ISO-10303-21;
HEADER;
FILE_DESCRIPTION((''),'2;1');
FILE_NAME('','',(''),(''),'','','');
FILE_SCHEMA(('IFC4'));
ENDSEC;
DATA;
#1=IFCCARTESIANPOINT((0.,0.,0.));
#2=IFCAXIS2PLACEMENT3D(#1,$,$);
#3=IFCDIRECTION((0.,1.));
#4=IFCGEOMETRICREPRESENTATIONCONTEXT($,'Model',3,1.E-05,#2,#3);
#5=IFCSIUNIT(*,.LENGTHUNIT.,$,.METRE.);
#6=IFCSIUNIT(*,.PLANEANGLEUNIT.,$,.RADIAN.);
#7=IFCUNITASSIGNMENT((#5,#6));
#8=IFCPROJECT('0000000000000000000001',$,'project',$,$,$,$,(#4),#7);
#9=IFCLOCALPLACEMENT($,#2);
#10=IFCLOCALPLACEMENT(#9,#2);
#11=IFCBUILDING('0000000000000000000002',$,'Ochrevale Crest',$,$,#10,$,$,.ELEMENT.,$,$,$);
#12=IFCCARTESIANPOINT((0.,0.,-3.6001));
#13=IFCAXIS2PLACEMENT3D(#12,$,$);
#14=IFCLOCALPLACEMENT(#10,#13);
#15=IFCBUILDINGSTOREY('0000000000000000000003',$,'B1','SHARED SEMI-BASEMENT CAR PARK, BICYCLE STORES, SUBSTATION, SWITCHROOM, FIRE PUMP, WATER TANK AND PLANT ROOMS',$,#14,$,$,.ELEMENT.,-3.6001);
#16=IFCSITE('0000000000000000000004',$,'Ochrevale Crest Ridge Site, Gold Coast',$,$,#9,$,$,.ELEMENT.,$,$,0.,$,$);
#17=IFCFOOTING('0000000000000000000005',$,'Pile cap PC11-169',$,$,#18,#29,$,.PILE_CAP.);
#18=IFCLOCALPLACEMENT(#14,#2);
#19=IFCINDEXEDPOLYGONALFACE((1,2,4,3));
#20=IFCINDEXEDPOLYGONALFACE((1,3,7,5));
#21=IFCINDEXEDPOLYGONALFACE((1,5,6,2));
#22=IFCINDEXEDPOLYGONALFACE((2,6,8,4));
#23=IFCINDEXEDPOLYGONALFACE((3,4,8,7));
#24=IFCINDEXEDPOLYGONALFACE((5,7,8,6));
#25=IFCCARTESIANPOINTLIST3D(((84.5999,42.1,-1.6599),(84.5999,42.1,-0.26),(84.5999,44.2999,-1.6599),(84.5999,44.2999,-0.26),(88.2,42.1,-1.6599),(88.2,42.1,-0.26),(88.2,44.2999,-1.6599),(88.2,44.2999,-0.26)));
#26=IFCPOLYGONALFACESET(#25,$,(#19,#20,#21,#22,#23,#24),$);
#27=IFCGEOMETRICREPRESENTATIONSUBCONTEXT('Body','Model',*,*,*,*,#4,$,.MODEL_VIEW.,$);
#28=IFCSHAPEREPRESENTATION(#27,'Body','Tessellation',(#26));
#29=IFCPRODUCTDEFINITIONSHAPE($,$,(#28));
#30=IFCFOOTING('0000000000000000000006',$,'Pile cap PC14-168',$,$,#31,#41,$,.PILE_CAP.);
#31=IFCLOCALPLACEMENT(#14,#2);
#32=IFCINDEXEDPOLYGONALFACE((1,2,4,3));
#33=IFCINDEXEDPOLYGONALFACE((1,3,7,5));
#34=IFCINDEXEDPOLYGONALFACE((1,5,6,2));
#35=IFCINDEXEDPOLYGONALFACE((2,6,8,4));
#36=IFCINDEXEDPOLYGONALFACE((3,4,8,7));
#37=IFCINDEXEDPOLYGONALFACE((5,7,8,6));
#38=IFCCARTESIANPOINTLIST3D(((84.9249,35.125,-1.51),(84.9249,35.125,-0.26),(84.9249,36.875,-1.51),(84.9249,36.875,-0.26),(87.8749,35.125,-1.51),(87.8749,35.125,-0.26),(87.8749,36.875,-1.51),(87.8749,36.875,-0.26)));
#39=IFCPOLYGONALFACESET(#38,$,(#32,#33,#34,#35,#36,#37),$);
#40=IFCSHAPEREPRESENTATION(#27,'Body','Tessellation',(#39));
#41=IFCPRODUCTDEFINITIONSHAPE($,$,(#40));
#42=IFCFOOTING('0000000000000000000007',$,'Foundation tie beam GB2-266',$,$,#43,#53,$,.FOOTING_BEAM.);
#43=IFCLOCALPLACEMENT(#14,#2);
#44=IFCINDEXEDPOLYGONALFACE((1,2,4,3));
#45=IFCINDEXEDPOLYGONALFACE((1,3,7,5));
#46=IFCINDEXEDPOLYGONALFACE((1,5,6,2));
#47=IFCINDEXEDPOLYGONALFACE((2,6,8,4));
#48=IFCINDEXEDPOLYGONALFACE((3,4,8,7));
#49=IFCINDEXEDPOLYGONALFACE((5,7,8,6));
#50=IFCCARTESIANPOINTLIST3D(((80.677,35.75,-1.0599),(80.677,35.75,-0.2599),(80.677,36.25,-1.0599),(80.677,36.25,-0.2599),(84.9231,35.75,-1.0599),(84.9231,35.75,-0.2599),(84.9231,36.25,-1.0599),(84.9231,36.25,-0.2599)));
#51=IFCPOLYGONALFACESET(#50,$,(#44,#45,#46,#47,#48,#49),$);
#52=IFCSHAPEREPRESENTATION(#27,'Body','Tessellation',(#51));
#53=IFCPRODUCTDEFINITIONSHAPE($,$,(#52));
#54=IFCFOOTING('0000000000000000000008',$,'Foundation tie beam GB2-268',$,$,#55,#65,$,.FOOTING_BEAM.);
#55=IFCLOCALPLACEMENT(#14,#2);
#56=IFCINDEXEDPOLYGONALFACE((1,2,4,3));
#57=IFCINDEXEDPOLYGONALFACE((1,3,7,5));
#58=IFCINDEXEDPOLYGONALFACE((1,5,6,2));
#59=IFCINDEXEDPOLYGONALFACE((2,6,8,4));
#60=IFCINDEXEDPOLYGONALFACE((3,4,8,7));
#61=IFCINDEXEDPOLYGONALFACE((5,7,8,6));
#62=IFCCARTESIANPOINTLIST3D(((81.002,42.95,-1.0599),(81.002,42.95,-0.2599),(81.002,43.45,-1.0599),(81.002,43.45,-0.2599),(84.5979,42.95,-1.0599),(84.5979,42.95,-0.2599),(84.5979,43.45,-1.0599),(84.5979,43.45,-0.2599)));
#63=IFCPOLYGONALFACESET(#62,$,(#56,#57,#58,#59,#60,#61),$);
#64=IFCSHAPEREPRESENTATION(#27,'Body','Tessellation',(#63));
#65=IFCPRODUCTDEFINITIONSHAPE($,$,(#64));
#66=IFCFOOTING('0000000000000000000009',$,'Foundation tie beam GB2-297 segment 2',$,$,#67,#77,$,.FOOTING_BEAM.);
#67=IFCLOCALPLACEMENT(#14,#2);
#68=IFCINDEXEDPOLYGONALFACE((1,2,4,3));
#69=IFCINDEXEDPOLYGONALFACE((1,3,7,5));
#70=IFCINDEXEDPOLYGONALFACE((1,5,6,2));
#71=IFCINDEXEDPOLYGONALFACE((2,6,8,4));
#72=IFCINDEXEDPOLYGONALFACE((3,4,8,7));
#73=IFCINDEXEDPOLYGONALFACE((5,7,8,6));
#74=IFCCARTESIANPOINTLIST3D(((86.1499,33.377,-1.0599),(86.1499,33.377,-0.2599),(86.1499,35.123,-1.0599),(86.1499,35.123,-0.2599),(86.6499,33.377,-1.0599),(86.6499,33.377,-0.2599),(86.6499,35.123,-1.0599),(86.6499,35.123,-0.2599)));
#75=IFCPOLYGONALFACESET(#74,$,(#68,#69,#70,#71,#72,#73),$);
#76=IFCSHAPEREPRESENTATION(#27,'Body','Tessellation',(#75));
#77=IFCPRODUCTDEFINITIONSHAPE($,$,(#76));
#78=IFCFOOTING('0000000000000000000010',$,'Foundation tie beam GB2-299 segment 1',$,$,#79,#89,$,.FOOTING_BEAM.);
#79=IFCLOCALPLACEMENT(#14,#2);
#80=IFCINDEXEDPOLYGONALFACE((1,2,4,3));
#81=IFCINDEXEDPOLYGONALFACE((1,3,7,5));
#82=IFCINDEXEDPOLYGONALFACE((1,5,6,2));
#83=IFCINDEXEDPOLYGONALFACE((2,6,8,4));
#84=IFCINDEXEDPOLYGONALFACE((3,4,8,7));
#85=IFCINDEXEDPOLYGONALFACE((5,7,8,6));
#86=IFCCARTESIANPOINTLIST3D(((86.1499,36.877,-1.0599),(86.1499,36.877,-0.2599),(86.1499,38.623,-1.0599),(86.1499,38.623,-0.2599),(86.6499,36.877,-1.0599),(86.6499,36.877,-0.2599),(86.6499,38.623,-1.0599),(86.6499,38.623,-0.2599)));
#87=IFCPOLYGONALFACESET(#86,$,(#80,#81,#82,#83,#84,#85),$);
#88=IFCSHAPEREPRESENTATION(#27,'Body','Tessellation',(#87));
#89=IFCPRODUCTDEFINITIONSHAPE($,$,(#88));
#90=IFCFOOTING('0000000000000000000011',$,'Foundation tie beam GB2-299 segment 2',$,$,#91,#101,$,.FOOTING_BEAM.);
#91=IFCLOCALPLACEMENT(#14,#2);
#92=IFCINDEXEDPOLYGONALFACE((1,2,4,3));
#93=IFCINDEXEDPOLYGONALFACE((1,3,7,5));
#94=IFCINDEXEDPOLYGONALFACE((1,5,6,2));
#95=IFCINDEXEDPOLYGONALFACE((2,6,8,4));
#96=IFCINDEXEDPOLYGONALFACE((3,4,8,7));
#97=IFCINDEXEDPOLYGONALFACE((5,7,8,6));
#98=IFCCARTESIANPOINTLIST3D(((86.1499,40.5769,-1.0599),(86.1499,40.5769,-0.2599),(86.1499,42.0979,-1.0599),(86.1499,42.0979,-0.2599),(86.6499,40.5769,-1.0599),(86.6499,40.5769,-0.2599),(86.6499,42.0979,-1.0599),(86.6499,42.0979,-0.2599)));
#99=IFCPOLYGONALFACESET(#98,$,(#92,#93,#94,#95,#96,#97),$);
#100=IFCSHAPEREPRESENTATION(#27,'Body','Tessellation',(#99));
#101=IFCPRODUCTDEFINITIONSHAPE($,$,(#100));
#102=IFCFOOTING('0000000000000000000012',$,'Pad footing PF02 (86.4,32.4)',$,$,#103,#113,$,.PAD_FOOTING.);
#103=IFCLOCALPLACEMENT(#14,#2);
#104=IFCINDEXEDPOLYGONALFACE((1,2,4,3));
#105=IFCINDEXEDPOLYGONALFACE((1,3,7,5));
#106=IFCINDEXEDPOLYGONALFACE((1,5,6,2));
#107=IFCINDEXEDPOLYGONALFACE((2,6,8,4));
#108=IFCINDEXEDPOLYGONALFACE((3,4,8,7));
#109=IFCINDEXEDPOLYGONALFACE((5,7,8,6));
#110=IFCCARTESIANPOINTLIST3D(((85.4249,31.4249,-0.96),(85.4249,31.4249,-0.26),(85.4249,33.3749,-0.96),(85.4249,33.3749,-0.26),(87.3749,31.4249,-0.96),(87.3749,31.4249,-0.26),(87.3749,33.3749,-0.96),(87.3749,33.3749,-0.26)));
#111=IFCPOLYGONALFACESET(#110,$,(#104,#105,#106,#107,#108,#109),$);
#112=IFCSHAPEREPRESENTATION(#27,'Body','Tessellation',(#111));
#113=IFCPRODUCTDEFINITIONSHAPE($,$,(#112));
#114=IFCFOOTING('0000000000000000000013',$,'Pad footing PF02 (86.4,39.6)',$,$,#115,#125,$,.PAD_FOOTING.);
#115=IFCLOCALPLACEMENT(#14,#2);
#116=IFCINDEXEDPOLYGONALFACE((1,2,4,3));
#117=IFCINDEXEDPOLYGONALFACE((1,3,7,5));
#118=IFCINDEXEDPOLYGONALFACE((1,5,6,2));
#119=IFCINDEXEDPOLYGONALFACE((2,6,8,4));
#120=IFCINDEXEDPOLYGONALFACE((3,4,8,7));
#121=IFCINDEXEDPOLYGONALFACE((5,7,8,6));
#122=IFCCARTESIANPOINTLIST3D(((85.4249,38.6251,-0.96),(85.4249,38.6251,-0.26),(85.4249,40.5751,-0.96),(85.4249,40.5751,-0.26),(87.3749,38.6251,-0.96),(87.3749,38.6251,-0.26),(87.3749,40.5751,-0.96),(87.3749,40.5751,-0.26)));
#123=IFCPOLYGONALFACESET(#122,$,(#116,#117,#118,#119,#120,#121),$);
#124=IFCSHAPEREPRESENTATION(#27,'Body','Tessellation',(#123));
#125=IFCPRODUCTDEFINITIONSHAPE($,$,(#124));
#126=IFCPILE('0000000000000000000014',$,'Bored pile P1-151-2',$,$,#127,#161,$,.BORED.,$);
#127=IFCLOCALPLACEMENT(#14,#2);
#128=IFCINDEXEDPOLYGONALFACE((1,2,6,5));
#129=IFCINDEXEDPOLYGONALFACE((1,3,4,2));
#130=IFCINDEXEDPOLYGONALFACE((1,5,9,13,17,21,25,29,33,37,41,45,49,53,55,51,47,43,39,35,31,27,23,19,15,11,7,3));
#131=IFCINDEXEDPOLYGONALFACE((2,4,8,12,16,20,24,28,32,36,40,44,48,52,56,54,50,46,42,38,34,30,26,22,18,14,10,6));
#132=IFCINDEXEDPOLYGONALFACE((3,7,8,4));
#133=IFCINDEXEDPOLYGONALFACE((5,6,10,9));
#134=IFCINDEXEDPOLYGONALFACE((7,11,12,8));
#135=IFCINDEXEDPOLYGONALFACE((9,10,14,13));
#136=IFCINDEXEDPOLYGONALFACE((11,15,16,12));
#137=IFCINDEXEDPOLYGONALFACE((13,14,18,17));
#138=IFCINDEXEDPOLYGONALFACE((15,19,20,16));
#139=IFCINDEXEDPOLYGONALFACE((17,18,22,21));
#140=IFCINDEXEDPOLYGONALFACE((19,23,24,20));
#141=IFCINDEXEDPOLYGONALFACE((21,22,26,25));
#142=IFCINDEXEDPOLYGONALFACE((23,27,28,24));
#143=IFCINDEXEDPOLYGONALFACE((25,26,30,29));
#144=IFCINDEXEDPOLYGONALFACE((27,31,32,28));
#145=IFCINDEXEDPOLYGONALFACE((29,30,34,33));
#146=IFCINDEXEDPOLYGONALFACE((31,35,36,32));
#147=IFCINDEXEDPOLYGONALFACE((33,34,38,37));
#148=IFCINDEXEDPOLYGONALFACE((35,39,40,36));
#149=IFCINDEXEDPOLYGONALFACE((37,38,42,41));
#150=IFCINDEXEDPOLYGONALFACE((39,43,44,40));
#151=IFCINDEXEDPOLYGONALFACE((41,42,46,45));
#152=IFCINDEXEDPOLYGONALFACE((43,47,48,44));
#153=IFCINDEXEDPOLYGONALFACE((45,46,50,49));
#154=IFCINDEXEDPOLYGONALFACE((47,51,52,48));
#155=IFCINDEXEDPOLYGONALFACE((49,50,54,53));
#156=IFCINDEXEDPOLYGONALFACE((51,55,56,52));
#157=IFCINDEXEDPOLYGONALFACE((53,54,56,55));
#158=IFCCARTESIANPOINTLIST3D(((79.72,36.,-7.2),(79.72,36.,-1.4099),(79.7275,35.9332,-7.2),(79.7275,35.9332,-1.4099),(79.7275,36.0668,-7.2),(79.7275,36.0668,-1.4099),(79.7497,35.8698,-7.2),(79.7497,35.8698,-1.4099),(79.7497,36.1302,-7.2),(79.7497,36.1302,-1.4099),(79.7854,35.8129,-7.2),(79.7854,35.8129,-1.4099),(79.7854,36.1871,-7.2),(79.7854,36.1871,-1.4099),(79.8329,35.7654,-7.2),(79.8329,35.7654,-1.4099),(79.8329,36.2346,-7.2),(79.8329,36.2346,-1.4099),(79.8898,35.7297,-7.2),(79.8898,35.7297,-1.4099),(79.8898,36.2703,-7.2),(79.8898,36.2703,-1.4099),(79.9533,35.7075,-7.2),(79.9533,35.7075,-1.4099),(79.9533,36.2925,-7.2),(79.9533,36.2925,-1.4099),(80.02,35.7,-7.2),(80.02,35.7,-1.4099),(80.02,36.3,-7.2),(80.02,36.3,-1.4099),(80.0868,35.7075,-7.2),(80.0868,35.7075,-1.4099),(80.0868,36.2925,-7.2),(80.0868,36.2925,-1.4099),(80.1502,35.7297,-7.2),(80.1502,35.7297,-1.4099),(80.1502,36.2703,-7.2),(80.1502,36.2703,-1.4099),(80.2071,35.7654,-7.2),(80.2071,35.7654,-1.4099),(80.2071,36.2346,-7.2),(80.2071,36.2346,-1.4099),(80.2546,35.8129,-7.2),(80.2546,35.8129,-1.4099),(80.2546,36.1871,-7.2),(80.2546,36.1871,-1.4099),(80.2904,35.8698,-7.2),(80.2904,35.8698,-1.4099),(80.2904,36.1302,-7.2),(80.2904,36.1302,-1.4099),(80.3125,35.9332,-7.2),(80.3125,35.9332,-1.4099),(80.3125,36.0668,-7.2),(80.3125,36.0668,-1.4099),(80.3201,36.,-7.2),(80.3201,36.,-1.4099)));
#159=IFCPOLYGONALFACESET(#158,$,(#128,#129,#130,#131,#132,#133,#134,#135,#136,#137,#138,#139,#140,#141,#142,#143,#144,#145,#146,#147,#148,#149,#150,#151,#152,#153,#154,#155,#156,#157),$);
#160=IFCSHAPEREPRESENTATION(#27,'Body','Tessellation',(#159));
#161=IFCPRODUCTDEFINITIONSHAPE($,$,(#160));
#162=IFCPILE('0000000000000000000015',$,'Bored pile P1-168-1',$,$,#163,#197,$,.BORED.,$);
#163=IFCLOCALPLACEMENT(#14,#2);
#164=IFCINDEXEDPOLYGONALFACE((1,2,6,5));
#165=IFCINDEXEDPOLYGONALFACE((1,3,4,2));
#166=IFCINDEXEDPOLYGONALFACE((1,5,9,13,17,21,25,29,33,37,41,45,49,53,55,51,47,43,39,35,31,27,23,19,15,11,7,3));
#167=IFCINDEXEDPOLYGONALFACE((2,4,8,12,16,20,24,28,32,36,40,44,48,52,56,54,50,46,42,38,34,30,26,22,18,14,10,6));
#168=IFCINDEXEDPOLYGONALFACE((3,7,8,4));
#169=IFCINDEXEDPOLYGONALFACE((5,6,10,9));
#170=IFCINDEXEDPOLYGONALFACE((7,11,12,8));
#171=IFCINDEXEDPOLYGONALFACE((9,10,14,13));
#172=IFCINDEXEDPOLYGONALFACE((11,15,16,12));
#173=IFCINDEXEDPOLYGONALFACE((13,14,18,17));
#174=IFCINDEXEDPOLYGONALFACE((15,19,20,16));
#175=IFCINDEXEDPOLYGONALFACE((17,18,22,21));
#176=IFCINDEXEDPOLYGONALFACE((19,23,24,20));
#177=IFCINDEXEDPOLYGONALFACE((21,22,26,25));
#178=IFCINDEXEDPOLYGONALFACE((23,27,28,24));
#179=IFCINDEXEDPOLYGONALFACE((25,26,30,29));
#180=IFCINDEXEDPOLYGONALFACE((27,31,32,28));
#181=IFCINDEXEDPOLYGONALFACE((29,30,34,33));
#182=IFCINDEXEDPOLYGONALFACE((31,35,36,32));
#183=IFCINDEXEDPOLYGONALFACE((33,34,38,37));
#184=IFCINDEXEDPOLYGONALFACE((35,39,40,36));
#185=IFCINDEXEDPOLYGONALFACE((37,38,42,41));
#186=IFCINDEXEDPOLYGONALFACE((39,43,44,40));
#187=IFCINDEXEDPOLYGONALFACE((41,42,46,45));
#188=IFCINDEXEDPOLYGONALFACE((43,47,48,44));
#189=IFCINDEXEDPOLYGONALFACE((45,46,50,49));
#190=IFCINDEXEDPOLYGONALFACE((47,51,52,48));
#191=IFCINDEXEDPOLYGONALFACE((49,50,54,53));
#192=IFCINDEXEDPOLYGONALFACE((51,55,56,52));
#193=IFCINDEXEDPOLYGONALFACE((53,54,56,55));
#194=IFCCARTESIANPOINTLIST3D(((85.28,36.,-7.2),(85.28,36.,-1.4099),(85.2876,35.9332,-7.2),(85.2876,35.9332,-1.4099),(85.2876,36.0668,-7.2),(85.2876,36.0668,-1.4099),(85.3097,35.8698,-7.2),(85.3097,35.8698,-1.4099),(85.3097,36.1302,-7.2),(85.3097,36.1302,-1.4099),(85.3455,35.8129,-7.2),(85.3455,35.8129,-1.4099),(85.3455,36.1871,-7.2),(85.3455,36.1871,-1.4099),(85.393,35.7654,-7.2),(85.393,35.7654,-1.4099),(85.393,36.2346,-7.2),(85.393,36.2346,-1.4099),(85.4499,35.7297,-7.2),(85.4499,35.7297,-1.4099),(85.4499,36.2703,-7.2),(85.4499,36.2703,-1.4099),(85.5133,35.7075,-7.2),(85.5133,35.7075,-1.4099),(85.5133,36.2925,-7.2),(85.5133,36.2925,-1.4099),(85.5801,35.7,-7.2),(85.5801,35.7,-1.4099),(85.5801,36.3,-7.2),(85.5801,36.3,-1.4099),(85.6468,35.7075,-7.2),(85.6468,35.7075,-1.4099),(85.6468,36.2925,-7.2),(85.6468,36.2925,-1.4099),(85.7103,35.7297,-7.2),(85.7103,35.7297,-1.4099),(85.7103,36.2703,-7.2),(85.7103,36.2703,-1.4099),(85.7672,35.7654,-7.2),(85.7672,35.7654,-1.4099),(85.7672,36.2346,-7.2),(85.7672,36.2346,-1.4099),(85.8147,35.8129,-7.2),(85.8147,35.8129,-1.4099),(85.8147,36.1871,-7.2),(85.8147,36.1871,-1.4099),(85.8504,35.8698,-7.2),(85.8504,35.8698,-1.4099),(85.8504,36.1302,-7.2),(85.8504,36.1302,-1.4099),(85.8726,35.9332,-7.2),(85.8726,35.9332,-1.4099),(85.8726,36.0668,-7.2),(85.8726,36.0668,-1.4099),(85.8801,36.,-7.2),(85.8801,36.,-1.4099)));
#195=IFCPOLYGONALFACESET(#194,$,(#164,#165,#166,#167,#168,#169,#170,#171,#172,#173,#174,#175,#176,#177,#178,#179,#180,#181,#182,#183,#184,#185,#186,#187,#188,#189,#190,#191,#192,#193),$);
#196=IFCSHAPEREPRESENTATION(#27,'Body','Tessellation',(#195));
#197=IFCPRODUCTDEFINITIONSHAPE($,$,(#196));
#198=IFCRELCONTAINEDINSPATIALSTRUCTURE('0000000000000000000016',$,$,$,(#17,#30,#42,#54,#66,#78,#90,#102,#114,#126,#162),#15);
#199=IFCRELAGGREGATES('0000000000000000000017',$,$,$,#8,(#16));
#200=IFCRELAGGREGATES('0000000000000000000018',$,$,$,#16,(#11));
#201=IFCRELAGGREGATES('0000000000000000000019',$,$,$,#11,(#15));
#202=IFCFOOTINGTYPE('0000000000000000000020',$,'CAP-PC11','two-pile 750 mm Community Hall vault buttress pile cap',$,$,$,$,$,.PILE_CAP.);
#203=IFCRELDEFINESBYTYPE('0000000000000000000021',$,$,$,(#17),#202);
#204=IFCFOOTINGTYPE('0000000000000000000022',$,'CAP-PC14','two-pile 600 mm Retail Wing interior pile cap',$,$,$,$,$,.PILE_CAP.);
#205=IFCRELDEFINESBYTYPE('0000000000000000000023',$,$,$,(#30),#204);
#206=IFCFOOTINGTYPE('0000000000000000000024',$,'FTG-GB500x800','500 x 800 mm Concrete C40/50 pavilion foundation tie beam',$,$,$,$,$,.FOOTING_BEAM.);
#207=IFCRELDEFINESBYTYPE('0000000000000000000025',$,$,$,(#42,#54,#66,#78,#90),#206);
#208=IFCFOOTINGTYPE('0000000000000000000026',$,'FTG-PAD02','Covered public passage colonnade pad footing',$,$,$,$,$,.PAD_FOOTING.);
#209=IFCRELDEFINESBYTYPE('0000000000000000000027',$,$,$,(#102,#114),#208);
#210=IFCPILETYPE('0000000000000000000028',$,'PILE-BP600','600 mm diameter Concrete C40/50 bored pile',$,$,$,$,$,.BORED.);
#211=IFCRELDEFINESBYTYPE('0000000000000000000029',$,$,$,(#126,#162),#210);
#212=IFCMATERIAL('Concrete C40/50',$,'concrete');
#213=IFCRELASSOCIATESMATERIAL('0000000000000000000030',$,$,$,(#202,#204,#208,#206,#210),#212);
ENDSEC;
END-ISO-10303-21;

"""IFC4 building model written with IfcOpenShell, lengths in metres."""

from ifc_helpers import new_model, si_unit, direction, frame, origin, origin_2d, place, context, subcontext, project, spatial, rectangle, circle, extrude, material, material_profile, profile_set, type_object, element, save


model = new_model("IFC4")

# Units and contexts
model_context = context("Model", 3, precision=1e-05, world=origin(), true_north=direction((0.0, 1.0)))
body_context = subcontext(model_context, "Body", "Model", "MODEL_VIEW")
ifc_project = project(units=[si_unit("LENGTHUNIT", "METRE"), si_unit("PLANEANGLEUNIT", "RADIAN")], contexts=[model_context])

# Site, building, storey
site_placement = place(None, origin())
site = spatial("IfcSite", under=ifc_project, at=site_placement, Name="Ochrevale Crest Ridge Site, Gold Coast", CompositionType="ELEMENT", RefElevation=0.0)
building_placement = place(site_placement, origin())
building = spatial("IfcBuilding", under=site, at=building_placement, Name="Ochrevale Crest", CompositionType="ELEMENT")
storey_placement = place(building_placement, frame((0.0, 0.0, -3.6001)))
storey = spatial("IfcBuildingStorey", under=building, at=storey_placement, Name="B1", Description="SHARED SEMI-BASEMENT CAR PARK, BICYCLE STORES, SUBSTATION, SWITCHROOM, FIRE PUMP, WATER TANK AND PLANT ROOMS", CompositionType="ELEMENT", Elevation=-3.6001)

# Footings
ifc_material_1 = material(Name="Concrete C40/50", Category="concrete")
footing_type_1 = type_object("IfcFootingType", Name="CAP-PC11", Description="two-pile 750 mm Community Hall vault buttress pile cap", PredefinedType="PILE_CAP", material=ifc_material_1)
footing_1_placement = place(storey_placement, frame((86.3999, 43.2, -1.6599), z_axis=(0.0, 0.0, 1.0), x_axis=(1.0, 0.0, 0.0)))
element("IfcFooting", 1, at=footing_1_placement, inside=storey, type_object=footing_type_1, Name="Pile cap PC11-169", PredefinedType="PILE_CAP", context=body_context, shape_type="SweptSolid", body=[
    extrude(rectangle(XDim=3.6001, YDim=2.2, at=origin_2d()), origin(), (0.0, 0.0, 1.0), 1.3999),
])
footing_type_2 = type_object("IfcFootingType", Name="CAP-PC14", Description="two-pile 600 mm Retail Wing interior pile cap", PredefinedType="PILE_CAP", material=ifc_material_1)
footing_2_placement = place(storey_placement, frame((86.3999, 36.0, -1.51), z_axis=(0.0, 0.0, 1.0), x_axis=(1.0, 0.0, 0.0)))
element("IfcFooting", 2, at=footing_2_placement, inside=storey, type_object=footing_type_2, Name="Pile cap PC14-168", PredefinedType="PILE_CAP", context=body_context, shape_type="SweptSolid", body=[
    extrude(rectangle(XDim=2.95, YDim=1.75, at=origin_2d()), origin(), (0.0, 0.0, 1.0), 1.25),
])
ifc_material_profile_1 = material_profile(ifc_material_1, rectangle(XDim=0.5, YDim=0.8, at=origin_2d()), Name="GB 500x800")
ifc_profile_set_1 = profile_set([ifc_material_profile_1], Name="Concrete C40/50")
footing_type_3 = type_object("IfcFootingType", Name="FTG-GB500x800", Description="500 x 800 mm Concrete C40/50 pavilion foundation tie beam", PredefinedType="FOOTING_BEAM", material=ifc_profile_set_1)
footing_3_placement = place(storey_placement, frame((80.677, 36.0, -0.6599), z_axis=(1.0, 0.0, 0.0), x_axis=(0.0, 1.0, 0.0)))
element("IfcFooting", 3, at=footing_3_placement, inside=storey, type_object=footing_type_3, Name="Foundation tie beam GB2-266", PredefinedType="FOOTING_BEAM", context=body_context, shape_type="SweptSolid", body=[
    extrude(rectangle(XDim=0.5, YDim=0.8, at=origin_2d()), origin(), (0.0, 0.0, 1.0), 4.2461),
])
footing_4_placement = place(storey_placement, frame((81.002, 43.2, -0.6599), z_axis=(1.0, 0.0, 0.0), x_axis=(0.0, 1.0, 0.0)))
element("IfcFooting", 4, at=footing_4_placement, inside=storey, type_object=footing_type_3, Name="Foundation tie beam GB2-268", PredefinedType="FOOTING_BEAM", context=body_context, shape_type="SweptSolid", body=[
    extrude(rectangle(XDim=0.5, YDim=0.8, at=origin_2d()), origin(), (0.0, 0.0, 1.0), 3.5959),
])
for number, where, z_axis, x_axis, name in (
    (5, (86.3999, 33.377, -0.6599), (0.0, 1.0, 0.0), (-1.0, 0.0, 0.0), "Foundation tie beam GB2-297 segment 2"),
    (6, (86.3999, 36.877, -0.6599), (0.0, 1.0, 0.0), (-1.0, 0.0, 0.0), "Foundation tie beam GB2-299 segment 1"),
):
    element("IfcFooting", number, at=place(storey_placement, frame(where, z_axis=z_axis, x_axis=x_axis)), inside=storey, type_object=footing_type_3, Name=name, PredefinedType="FOOTING_BEAM", context=body_context, shape_type="SweptSolid", body=[
        extrude(rectangle(XDim=0.5, YDim=0.8, at=origin_2d()), origin(), (0.0, 0.0, 1.0), 1.7461),
    ])
footing_5_placement = place(storey_placement, frame((86.3999, 40.5769, -0.6599), z_axis=(0.0, 1.0, 0.0), x_axis=(-1.0, 0.0, 0.0)))
element("IfcFooting", 7, at=footing_5_placement, inside=storey, type_object=footing_type_3, Name="Foundation tie beam GB2-299 segment 2", PredefinedType="FOOTING_BEAM", context=body_context, shape_type="SweptSolid", body=[
    extrude(rectangle(XDim=0.5, YDim=0.8, at=origin_2d()), origin(), (0.0, 0.0, 1.0), 1.521),
])
footing_type_4 = type_object("IfcFootingType", Name="FTG-PAD02", Description="Covered public passage colonnade pad footing", PredefinedType="PAD_FOOTING", material=ifc_material_1)
for number, where, z_axis, x_axis, name in (
    (8, (86.3999, 32.3999, -0.96), (0.0, 0.0, 1.0), (1.0, 0.0, 0.0), "Pad footing PF02 (86.4,32.4)"),
    (9, (86.3999, 39.6001, -0.96), (0.0, 0.0, 1.0), (1.0, 0.0, 0.0), "Pad footing PF02 (86.4,39.6)"),
):
    element("IfcFooting", number, at=place(storey_placement, frame(where, z_axis=z_axis, x_axis=x_axis)), inside=storey, type_object=footing_type_4, Name=name, PredefinedType="PAD_FOOTING", context=body_context, shape_type="SweptSolid", body=[
        extrude(rectangle(XDim=1.95, YDim=1.95, at=origin_2d()), origin(), (0.0, 0.0, 1.0), 0.7),
    ])

# Piles
ifc_material_profile_2 = material_profile(ifc_material_1, circle(Radius=0.3, at=origin_2d()), Name="BORED PILE 600")
ifc_profile_set_2 = profile_set([ifc_material_profile_2], Name="Concrete C40/50")
pile_type_1 = type_object("IfcPileType", Name="PILE-BP600", Description="600 mm diameter Concrete C40/50 bored pile", PredefinedType="BORED", material=ifc_profile_set_2)
for number, where, z_axis, x_axis, name in (
    (10, (80.02, 36.0, -1.4099), (0.0, 0.0, -1.0), (1.0, 0.0, 0.0), "Bored pile P1-151-2"),
    (11, (85.5801, 36.0, -1.4099), (0.0, 0.0, -1.0), (1.0, 0.0, 0.0), "Bored pile P1-168-1"),
):
    element("IfcPile", number, at=place(storey_placement, frame(where, z_axis=z_axis, x_axis=x_axis)), inside=storey, type_object=pile_type_1, Name=name, PredefinedType="BORED", context=body_context, shape_type="SweptSolid", body=[
        extrude(circle(Radius=0.3, at=origin_2d()), origin(), (0.0, 0.0, 1.0), 5.79),
    ])

save(model, "model.ifc")
